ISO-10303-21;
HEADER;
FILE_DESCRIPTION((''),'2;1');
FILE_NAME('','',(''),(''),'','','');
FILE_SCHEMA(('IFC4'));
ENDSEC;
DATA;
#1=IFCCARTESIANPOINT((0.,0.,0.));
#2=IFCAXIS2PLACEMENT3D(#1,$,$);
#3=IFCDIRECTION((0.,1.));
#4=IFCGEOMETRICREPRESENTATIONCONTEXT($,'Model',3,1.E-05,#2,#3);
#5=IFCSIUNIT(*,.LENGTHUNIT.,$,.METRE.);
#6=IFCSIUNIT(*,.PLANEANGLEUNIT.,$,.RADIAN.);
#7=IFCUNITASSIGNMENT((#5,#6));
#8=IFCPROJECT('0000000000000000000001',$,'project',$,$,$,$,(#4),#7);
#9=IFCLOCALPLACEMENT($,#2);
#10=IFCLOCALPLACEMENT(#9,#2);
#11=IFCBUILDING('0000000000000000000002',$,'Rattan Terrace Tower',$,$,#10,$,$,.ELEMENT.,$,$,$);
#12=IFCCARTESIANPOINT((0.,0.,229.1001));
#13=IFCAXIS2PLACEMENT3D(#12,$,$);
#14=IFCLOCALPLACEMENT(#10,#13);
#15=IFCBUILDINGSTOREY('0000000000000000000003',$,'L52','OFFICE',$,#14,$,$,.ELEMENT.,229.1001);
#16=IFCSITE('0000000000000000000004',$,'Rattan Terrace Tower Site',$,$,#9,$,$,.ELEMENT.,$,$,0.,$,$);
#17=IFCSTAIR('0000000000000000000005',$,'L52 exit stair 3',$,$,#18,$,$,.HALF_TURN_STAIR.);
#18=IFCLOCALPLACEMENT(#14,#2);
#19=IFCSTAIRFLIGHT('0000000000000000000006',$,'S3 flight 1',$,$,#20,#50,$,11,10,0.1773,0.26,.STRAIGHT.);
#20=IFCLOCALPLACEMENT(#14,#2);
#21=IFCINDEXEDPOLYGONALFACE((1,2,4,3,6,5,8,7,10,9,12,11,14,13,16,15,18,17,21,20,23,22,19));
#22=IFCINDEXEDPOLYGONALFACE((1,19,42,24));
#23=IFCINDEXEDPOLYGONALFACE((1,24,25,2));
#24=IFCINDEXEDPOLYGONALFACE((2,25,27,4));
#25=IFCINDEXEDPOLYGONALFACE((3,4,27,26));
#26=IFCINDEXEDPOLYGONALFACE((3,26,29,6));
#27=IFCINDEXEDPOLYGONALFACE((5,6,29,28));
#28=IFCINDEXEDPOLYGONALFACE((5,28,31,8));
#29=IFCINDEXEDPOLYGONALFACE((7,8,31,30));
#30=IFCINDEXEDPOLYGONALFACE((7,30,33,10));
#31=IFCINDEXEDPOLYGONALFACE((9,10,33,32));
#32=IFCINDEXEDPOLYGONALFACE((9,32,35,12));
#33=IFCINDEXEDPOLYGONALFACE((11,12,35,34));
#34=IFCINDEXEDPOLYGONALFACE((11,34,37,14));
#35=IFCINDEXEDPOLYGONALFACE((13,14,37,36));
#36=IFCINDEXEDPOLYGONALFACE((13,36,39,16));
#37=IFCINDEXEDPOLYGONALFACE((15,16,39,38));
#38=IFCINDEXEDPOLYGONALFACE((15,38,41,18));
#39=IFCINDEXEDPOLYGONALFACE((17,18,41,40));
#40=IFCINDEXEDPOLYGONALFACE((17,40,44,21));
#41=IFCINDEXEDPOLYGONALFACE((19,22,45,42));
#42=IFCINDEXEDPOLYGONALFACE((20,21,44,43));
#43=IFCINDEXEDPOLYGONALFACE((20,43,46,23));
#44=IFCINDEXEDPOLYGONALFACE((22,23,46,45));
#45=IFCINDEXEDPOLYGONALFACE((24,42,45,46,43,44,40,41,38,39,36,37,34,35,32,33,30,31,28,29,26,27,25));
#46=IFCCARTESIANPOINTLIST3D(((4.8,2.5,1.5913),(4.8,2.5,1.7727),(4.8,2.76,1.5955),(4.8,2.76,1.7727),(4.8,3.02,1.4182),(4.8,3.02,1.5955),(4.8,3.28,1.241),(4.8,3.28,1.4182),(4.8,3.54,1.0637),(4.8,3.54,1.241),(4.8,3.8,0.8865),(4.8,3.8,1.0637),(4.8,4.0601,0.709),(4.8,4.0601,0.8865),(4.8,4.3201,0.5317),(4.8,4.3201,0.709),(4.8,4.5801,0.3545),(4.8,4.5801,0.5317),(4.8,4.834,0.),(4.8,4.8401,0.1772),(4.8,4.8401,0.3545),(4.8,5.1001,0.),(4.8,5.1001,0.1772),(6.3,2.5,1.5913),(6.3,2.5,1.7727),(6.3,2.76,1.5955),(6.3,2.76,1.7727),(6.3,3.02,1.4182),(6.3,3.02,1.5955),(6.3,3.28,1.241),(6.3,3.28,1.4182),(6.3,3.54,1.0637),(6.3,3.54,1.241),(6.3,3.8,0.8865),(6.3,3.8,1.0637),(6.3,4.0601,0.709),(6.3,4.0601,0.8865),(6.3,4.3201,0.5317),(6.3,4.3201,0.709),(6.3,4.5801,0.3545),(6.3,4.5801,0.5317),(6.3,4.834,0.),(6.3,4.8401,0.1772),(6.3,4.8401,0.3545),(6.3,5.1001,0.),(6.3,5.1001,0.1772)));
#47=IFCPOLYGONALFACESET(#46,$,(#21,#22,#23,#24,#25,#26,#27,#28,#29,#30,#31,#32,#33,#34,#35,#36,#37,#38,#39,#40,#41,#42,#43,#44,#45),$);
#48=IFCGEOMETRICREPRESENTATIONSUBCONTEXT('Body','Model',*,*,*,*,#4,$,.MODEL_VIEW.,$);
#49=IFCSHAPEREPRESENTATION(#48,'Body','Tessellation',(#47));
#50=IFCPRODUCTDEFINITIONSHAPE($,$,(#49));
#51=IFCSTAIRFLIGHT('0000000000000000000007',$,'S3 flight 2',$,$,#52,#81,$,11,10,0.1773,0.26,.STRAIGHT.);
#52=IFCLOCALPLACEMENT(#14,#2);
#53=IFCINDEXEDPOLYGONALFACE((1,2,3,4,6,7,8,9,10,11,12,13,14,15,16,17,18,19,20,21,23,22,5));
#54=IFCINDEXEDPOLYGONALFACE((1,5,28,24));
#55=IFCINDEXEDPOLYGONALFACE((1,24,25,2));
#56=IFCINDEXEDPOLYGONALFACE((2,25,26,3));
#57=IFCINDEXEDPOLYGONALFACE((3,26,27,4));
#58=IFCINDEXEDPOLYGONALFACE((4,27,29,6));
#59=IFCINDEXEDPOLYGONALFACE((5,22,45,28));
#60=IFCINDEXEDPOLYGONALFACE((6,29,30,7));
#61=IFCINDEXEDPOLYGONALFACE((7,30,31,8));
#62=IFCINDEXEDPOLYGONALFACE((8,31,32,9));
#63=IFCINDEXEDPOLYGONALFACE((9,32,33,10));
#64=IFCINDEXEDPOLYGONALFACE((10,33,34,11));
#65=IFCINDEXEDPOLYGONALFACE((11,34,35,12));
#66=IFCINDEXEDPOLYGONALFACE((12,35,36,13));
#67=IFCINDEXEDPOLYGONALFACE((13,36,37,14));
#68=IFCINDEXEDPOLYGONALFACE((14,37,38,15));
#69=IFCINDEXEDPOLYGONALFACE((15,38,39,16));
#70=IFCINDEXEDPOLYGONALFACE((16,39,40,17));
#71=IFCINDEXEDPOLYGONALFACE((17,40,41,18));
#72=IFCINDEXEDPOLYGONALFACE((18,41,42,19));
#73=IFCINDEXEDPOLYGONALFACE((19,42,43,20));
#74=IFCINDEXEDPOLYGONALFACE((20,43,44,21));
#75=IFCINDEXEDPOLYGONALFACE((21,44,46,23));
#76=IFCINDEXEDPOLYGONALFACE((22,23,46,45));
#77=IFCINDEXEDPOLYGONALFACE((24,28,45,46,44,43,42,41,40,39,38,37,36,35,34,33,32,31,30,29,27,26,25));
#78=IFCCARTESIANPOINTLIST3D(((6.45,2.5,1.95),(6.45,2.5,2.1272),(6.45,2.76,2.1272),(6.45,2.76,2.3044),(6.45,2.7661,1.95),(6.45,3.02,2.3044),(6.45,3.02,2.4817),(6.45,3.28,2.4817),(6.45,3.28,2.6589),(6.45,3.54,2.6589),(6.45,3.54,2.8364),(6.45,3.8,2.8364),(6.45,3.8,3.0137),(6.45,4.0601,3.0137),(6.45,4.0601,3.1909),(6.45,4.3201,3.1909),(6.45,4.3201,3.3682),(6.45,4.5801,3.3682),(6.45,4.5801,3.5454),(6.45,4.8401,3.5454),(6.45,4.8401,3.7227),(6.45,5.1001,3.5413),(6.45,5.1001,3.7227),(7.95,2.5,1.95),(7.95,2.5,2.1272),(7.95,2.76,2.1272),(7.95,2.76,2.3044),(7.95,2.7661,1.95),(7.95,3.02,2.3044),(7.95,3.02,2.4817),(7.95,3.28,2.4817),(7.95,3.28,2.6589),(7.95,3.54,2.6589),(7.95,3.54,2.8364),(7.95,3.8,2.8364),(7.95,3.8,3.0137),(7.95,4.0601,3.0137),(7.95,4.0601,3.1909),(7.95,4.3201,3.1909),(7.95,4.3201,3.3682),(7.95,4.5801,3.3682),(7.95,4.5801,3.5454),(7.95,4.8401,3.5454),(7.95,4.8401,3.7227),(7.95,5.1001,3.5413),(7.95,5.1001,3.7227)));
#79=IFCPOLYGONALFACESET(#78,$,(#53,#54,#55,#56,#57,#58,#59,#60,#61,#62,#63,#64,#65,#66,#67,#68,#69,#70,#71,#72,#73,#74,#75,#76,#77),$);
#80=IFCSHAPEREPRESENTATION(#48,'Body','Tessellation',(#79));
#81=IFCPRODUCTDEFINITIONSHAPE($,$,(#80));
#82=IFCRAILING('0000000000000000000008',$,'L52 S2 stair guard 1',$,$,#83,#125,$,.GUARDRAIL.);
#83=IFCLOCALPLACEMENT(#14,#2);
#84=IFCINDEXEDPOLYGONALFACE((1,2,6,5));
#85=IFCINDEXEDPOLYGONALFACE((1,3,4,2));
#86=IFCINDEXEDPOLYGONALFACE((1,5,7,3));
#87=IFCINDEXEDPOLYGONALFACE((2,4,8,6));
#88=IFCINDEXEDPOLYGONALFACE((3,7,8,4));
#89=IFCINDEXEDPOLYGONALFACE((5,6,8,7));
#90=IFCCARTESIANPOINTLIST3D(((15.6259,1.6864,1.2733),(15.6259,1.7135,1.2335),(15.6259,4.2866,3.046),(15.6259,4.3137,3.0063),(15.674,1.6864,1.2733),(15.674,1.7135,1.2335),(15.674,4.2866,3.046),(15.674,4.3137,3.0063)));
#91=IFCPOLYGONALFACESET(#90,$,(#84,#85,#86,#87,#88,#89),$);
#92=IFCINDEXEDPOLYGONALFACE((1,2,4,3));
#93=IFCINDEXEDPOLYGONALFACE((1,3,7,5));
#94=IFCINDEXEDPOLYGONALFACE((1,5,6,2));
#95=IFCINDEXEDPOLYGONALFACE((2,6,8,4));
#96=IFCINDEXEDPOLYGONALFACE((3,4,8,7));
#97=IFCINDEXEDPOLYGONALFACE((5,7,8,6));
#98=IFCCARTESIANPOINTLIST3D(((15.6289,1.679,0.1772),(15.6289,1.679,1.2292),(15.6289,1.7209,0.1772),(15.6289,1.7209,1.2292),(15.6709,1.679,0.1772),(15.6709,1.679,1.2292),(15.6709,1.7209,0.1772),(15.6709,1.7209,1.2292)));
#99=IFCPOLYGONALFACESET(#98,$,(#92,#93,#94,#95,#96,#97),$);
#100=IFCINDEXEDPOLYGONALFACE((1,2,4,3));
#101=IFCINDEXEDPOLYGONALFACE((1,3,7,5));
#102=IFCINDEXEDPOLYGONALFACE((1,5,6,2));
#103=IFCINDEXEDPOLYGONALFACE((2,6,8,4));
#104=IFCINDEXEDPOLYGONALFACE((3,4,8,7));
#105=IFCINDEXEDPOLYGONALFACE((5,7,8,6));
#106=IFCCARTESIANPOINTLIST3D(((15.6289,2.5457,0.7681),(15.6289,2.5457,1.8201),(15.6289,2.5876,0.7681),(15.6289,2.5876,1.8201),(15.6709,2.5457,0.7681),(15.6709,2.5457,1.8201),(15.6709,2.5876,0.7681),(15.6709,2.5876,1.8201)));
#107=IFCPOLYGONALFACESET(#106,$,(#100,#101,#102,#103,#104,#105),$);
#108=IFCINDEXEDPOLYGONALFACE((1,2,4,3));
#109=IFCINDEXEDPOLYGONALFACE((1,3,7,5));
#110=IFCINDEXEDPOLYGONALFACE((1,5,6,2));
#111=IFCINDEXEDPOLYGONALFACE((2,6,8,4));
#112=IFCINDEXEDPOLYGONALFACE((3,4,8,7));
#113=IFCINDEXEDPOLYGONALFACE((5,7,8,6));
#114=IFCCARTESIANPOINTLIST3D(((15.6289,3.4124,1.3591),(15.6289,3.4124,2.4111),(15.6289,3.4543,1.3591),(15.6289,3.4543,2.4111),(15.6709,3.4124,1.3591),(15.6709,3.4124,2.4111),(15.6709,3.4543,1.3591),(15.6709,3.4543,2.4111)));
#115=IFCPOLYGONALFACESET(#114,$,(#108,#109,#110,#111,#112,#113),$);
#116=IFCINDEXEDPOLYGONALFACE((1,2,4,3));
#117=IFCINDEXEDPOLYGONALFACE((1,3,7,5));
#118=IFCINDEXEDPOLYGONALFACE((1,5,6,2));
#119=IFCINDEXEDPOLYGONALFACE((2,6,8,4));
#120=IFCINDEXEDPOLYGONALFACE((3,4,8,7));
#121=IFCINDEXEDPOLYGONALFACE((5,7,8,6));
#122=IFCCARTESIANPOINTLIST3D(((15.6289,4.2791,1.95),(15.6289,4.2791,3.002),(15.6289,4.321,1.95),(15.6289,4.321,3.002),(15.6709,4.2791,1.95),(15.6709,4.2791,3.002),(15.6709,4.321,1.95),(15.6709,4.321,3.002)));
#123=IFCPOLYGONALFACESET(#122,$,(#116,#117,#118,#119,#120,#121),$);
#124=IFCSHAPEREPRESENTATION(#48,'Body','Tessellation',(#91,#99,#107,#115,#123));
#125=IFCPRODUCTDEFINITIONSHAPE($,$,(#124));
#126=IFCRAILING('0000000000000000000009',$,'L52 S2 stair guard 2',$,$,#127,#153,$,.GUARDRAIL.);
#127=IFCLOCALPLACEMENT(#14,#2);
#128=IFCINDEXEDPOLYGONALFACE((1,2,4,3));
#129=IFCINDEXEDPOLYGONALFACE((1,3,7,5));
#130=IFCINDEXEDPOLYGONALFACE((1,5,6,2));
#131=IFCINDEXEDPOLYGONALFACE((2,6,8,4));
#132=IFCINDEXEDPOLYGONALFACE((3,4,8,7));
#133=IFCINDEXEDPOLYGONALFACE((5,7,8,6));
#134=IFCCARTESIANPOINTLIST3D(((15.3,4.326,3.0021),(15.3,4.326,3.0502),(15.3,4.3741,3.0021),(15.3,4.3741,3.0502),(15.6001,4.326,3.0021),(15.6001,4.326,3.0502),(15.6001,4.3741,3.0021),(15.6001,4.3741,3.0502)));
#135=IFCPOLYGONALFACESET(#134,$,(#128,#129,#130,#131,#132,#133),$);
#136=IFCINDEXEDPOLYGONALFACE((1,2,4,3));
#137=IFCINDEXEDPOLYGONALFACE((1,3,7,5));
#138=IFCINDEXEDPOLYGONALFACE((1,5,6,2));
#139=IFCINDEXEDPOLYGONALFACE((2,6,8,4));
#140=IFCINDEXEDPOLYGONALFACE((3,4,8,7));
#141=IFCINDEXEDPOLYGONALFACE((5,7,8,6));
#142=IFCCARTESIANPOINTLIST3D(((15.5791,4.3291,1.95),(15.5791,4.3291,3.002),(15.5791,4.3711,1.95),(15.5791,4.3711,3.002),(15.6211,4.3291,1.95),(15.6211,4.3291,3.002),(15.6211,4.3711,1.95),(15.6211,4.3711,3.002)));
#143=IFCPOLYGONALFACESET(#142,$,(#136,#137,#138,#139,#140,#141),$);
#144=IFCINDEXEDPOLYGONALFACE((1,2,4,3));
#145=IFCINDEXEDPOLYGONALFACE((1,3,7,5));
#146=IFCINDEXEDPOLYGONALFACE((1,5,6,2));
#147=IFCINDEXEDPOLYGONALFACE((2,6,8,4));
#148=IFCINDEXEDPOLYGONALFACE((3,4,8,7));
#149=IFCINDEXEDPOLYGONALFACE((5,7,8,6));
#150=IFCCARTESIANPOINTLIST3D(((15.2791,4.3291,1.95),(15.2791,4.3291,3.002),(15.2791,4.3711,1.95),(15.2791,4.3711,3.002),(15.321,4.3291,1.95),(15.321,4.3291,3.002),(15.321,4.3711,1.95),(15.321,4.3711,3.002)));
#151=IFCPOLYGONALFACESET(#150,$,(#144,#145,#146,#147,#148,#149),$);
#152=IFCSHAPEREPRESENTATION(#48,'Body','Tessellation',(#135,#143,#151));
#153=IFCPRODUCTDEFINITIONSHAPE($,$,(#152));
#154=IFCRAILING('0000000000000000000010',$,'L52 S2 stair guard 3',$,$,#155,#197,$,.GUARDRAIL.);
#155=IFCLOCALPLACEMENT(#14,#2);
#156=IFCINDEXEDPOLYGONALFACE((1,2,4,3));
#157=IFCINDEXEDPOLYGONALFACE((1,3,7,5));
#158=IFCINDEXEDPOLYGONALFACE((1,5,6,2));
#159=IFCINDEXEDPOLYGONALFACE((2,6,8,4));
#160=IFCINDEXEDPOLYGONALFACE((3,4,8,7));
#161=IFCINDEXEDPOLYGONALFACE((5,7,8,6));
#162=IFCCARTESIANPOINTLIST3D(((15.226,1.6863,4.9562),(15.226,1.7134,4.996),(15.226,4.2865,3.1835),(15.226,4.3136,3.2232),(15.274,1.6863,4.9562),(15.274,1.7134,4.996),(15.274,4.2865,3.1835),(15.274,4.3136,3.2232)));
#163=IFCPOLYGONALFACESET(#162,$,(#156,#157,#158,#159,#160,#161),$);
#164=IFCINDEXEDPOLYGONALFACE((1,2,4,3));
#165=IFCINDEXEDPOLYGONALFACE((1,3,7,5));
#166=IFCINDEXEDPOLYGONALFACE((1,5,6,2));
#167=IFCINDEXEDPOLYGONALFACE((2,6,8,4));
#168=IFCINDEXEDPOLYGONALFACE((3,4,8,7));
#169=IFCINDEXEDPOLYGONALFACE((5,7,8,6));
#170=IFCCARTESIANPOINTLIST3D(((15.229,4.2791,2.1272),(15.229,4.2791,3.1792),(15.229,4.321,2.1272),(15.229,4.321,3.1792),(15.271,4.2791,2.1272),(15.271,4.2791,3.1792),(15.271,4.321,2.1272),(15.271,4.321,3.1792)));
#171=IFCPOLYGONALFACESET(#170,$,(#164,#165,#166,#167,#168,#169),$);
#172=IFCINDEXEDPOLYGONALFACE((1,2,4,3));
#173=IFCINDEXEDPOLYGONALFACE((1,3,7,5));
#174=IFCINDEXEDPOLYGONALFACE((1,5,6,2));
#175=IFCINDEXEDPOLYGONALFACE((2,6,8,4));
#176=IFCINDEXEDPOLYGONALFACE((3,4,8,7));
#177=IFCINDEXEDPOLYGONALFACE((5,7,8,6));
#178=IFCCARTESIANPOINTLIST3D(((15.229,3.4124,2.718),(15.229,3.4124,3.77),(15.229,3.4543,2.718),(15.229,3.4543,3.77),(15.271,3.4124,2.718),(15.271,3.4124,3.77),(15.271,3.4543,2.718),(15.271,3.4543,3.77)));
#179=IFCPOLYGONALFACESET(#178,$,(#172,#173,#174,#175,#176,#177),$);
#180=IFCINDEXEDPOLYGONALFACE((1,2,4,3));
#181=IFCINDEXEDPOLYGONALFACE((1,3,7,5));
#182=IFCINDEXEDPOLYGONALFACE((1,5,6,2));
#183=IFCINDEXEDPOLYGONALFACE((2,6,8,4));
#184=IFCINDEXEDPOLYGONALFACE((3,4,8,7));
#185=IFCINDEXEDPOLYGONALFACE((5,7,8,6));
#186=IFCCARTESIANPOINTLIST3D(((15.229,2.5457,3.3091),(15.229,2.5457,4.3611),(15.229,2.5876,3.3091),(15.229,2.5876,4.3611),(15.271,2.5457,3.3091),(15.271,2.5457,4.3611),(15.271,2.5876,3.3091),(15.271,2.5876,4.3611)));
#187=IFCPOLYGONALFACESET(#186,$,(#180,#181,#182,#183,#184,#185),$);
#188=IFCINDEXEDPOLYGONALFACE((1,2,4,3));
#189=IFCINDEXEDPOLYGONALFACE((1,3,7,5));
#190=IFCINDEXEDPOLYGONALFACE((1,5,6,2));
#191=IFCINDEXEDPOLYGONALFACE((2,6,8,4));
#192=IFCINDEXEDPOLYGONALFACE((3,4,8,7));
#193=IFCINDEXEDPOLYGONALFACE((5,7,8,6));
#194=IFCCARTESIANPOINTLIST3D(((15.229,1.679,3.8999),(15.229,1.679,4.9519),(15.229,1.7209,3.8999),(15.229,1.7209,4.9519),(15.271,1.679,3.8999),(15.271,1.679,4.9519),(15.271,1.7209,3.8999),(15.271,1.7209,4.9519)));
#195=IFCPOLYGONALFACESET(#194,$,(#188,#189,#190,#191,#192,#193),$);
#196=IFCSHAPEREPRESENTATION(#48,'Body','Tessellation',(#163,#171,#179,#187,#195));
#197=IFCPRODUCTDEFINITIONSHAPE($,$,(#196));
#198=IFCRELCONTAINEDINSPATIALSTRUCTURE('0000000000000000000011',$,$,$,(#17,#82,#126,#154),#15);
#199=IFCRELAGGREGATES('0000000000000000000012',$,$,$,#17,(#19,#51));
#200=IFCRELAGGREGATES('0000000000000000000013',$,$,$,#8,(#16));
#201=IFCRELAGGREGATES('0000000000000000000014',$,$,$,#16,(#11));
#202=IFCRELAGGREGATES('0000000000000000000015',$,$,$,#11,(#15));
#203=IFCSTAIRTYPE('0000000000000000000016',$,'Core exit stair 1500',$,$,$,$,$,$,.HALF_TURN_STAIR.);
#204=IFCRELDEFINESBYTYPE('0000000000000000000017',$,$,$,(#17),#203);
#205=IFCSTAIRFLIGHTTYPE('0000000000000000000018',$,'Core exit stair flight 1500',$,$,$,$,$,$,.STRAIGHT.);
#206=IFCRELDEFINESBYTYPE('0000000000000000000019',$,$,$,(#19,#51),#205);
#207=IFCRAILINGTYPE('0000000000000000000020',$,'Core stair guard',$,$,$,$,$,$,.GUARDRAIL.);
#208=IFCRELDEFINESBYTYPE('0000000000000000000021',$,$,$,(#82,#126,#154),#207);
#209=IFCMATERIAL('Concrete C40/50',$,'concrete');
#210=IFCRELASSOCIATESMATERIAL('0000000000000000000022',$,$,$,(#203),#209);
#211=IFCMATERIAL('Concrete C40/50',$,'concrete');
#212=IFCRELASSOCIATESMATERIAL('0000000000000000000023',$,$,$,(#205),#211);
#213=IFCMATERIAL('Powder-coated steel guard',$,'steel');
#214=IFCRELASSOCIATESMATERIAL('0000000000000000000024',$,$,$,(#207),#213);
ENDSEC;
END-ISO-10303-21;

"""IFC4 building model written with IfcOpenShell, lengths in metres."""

from ifc_helpers import new_model, si_unit, direction, frame, origin, origin_2d, place, context, subcontext, project, spatial, polyline, rectangle, outline, extrude, material, type_object, element, aggregate, save


model = new_model("IFC4")

# Units and contexts
model_context = context("Model", 3, precision=1e-05, world=origin(), true_north=direction((0.0, 1.0)))
body_context = subcontext(model_context, "Body", "Model", "MODEL_VIEW")
ifc_project = project(units=[si_unit("LENGTHUNIT", "METRE"), si_unit("PLANEANGLEUNIT", "RADIAN")], contexts=[model_context])

# Site, building, storey
site_placement = place(None, origin())
site = spatial("IfcSite", under=ifc_project, at=site_placement, Name="Rattan Terrace Tower Site", CompositionType="ELEMENT", RefElevation=0.0)
building_placement = place(site_placement, origin())
building = spatial("IfcBuilding", under=site, at=building_placement, Name="Rattan Terrace Tower", CompositionType="ELEMENT")
storey_placement = place(building_placement, frame((0.0, 0.0, 229.1001)))
storey = spatial("IfcBuildingStorey", under=building, at=storey_placement, Name="L52", Description="OFFICE", CompositionType="ELEMENT", Elevation=229.1001)

# Stair, stair flights
ifc_material_1 = material(Name="Concrete C40/50", Category="concrete")
stair_type = type_object("IfcStairType", Name="Core exit stair 1500", PredefinedType="HALF_TURN_STAIR", material=ifc_material_1)
ifc_material_2 = material(Name="Concrete C40/50", Category="concrete")
stair_flight_type = type_object("IfcStairFlightType", Name="Core exit stair flight 1500", PredefinedType="STRAIGHT", material=ifc_material_2)
stair_1_placement = place(storey_placement, origin())
stair_1 = element("IfcStair", 1, at=stair_1_placement, inside=storey, type_object=stair_type, Name="L52 exit stair 3", PredefinedType="HALF_TURN_STAIR")
stair_flight_1_placement = place(storey_placement, frame((5.55, 5.1001, 0.0), z_axis=(0.0, 0.0, 1.0), x_axis=(0.0, -1.0, 0.0)))
stair_flight_1 = element("IfcStairFlight", 2, at=stair_flight_1_placement, type_object=stair_flight_type, Name="S3 flight 1", NumberOfRisers=11, NumberOfTreads=10, PredefinedType="STRAIGHT", RiserHeight=0.1773, TreadLength=0.26, context=body_context, shape_type="SweptSolid", body=[
    extrude(outline(polyline([(0.0, 0.0), (0.0, 0.1772), (0.26, 0.1772), (0.26, 0.3545), (0.52, 0.3545), (0.52, 0.5317), (0.78, 0.5317), (0.78, 0.709), (1.04, 0.709), (1.04, 0.8865), (1.3, 0.8865), (1.3, 1.0637), (1.5601, 1.0637), (1.5601, 1.241), (1.8201, 1.241), (1.8201, 1.4182), (2.0801, 1.4182), (2.0801, 1.5955), (2.3401, 1.5955), (2.3401, 1.7727), (2.6001, 1.7727), (2.6001, 1.95), (2.6001, 1.5913), (0.2661, 0.0), (0.0, 0.0)])), frame((0.0, 0.75, 0.0), z_axis=(0.0, -1.0, 0.0), x_axis=(1.0, 0.0, 0.0)), (0.0, 0.0, 1.0), 1.5),
])
stair_flight_2_placement = place(storey_placement, frame((7.2, 2.5, 1.95), z_axis=(0.0, 0.0, 1.0), x_axis=(0.0, 1.0, 0.0)))
stair_flight_2 = element("IfcStairFlight", 3, at=stair_flight_2_placement, type_object=stair_flight_type, Name="S3 flight 2", NumberOfRisers=11, NumberOfTreads=10, PredefinedType="STRAIGHT", RiserHeight=0.1773, TreadLength=0.26, context=body_context, shape_type="SweptSolid", body=[
    extrude(outline(polyline([(0.0, 0.0), (0.0, 0.1772), (0.26, 0.1772), (0.26, 0.3545), (0.52, 0.3545), (0.52, 0.5317), (0.78, 0.5317), (0.78, 0.709), (1.04, 0.709), (1.04, 0.8865), (1.3, 0.8865), (1.3, 1.0637), (1.5601, 1.0637), (1.5601, 1.241), (1.8201, 1.241), (1.8201, 1.4182), (2.0801, 1.4182), (2.0801, 1.5955), (2.3401, 1.5955), (2.3401, 1.7727), (2.6001, 1.7727), (2.6001, 1.95), (2.6001, 1.5913), (0.2661, 0.0), (0.0, 0.0)])), frame((0.0, 0.75, 0.0), z_axis=(0.0, -1.0, 0.0), x_axis=(1.0, 0.0, 0.0)), (0.0, 0.0, 1.0), 1.5),
])
aggregate(stair_1, [stair_flight_1, stair_flight_2])

# Railings
ifc_material_3 = material(Name="Powder-coated steel guard", Category="steel")
railing_type_1 = type_object("IfcRailingType", Name="Core stair guard", PredefinedType="GUARDRAIL", material=ifc_material_3)
railing_1_placement = place(storey_placement, frame((15.6499, 1.7, 0.1772)))
element("IfcRailing", 4, at=railing_1_placement, inside=storey, type_object=railing_type_1, Name="L52 S2 stair guard 1", PredefinedType="GUARDRAIL", context=body_context, shape_type="SweptSolid", body=[
    extrude(rectangle(XDim=0.0481, YDim=0.0481, at=origin_2d()), frame((0.0, 0.0, 1.0762), z_axis=(0.0, 0.82624, 0.563318), x_axis=(-1.0, 0.0, 0.0)), (0.0, 0.0, 1.0), 3.147),
    extrude(rectangle(XDim=0.042, YDim=0.042, at=origin_2d()), origin(), (0.0, 0.0, 1.0), 1.052),
    extrude(rectangle(XDim=0.042, YDim=0.042, at=origin_2d()), frame((0.0, 0.8667, 0.5908)), (0.0, 0.0, 1.0), 1.052),
    extrude(rectangle(XDim=0.042, YDim=0.042, at=origin_2d()), frame((0.0, 1.7334, 1.1819)), (0.0, 0.0, 1.0), 1.052),
    extrude(rectangle(XDim=0.042, YDim=0.042, at=origin_2d()), frame((0.0, 2.6001, 1.7727)), (0.0, 0.0, 1.0), 1.052),
])
railing_2_placement = place(storey_placement, frame((15.6001, 4.3501, 1.95)))
element("IfcRailing", 5, at=railing_2_placement, inside=storey, type_object=railing_type_1, Name="L52 S2 stair guard 2", PredefinedType="GUARDRAIL", context=body_context, shape_type="SweptSolid", body=[
    extrude(rectangle(XDim=0.0481, YDim=0.0481, at=origin_2d()), frame((0.0, 0.0, 1.0762), z_axis=(-1.0, 0.0, 0.0), x_axis=(0.0, -1.0, 0.0)), (0.0, 0.0, 1.0), 0.3),
    extrude(rectangle(XDim=0.042, YDim=0.042, at=origin_2d()), origin(), (0.0, 0.0, 1.0), 1.052),
    extrude(rectangle(XDim=0.042, YDim=0.042, at=origin_2d()), frame((-0.3, 0.0, 0.0)), (0.0, 0.0, 1.0), 1.052),
])
railing_3_placement = place(storey_placement, frame((15.25, 4.3, 2.1272)))
element("IfcRailing", 6, at=railing_3_placement, inside=storey, type_object=railing_type_1, Name="L52 S2 stair guard 3", PredefinedType="GUARDRAIL", context=body_context, shape_type="SweptSolid", body=[
    extrude(rectangle(XDim=0.0481, YDim=0.0481, at=origin_2d()), frame((0.0, 0.0, 1.0762), z_axis=(0.0, -0.82624, 0.563318), x_axis=(1.0, 0.0, 0.0)), (0.0, 0.0, 1.0), 3.147),
    extrude(rectangle(XDim=0.042, YDim=0.042, at=origin_2d()), origin(), (0.0, 0.0, 1.0), 1.052),
    extrude(rectangle(XDim=0.042, YDim=0.042, at=origin_2d()), frame((0.0, -0.8667, 0.5908)), (0.0, 0.0, 1.0), 1.052),
    extrude(rectangle(XDim=0.042, YDim=0.042, at=origin_2d()), frame((0.0, -1.7334, 1.1819)), (0.0, 0.0, 1.0), 1.052),
    extrude(rectangle(XDim=0.042, YDim=0.042, at=origin_2d()), frame((0.0, -2.6001, 1.7727)), (0.0, 0.0, 1.0), 1.052),
])

save(model, "model.ifc")
